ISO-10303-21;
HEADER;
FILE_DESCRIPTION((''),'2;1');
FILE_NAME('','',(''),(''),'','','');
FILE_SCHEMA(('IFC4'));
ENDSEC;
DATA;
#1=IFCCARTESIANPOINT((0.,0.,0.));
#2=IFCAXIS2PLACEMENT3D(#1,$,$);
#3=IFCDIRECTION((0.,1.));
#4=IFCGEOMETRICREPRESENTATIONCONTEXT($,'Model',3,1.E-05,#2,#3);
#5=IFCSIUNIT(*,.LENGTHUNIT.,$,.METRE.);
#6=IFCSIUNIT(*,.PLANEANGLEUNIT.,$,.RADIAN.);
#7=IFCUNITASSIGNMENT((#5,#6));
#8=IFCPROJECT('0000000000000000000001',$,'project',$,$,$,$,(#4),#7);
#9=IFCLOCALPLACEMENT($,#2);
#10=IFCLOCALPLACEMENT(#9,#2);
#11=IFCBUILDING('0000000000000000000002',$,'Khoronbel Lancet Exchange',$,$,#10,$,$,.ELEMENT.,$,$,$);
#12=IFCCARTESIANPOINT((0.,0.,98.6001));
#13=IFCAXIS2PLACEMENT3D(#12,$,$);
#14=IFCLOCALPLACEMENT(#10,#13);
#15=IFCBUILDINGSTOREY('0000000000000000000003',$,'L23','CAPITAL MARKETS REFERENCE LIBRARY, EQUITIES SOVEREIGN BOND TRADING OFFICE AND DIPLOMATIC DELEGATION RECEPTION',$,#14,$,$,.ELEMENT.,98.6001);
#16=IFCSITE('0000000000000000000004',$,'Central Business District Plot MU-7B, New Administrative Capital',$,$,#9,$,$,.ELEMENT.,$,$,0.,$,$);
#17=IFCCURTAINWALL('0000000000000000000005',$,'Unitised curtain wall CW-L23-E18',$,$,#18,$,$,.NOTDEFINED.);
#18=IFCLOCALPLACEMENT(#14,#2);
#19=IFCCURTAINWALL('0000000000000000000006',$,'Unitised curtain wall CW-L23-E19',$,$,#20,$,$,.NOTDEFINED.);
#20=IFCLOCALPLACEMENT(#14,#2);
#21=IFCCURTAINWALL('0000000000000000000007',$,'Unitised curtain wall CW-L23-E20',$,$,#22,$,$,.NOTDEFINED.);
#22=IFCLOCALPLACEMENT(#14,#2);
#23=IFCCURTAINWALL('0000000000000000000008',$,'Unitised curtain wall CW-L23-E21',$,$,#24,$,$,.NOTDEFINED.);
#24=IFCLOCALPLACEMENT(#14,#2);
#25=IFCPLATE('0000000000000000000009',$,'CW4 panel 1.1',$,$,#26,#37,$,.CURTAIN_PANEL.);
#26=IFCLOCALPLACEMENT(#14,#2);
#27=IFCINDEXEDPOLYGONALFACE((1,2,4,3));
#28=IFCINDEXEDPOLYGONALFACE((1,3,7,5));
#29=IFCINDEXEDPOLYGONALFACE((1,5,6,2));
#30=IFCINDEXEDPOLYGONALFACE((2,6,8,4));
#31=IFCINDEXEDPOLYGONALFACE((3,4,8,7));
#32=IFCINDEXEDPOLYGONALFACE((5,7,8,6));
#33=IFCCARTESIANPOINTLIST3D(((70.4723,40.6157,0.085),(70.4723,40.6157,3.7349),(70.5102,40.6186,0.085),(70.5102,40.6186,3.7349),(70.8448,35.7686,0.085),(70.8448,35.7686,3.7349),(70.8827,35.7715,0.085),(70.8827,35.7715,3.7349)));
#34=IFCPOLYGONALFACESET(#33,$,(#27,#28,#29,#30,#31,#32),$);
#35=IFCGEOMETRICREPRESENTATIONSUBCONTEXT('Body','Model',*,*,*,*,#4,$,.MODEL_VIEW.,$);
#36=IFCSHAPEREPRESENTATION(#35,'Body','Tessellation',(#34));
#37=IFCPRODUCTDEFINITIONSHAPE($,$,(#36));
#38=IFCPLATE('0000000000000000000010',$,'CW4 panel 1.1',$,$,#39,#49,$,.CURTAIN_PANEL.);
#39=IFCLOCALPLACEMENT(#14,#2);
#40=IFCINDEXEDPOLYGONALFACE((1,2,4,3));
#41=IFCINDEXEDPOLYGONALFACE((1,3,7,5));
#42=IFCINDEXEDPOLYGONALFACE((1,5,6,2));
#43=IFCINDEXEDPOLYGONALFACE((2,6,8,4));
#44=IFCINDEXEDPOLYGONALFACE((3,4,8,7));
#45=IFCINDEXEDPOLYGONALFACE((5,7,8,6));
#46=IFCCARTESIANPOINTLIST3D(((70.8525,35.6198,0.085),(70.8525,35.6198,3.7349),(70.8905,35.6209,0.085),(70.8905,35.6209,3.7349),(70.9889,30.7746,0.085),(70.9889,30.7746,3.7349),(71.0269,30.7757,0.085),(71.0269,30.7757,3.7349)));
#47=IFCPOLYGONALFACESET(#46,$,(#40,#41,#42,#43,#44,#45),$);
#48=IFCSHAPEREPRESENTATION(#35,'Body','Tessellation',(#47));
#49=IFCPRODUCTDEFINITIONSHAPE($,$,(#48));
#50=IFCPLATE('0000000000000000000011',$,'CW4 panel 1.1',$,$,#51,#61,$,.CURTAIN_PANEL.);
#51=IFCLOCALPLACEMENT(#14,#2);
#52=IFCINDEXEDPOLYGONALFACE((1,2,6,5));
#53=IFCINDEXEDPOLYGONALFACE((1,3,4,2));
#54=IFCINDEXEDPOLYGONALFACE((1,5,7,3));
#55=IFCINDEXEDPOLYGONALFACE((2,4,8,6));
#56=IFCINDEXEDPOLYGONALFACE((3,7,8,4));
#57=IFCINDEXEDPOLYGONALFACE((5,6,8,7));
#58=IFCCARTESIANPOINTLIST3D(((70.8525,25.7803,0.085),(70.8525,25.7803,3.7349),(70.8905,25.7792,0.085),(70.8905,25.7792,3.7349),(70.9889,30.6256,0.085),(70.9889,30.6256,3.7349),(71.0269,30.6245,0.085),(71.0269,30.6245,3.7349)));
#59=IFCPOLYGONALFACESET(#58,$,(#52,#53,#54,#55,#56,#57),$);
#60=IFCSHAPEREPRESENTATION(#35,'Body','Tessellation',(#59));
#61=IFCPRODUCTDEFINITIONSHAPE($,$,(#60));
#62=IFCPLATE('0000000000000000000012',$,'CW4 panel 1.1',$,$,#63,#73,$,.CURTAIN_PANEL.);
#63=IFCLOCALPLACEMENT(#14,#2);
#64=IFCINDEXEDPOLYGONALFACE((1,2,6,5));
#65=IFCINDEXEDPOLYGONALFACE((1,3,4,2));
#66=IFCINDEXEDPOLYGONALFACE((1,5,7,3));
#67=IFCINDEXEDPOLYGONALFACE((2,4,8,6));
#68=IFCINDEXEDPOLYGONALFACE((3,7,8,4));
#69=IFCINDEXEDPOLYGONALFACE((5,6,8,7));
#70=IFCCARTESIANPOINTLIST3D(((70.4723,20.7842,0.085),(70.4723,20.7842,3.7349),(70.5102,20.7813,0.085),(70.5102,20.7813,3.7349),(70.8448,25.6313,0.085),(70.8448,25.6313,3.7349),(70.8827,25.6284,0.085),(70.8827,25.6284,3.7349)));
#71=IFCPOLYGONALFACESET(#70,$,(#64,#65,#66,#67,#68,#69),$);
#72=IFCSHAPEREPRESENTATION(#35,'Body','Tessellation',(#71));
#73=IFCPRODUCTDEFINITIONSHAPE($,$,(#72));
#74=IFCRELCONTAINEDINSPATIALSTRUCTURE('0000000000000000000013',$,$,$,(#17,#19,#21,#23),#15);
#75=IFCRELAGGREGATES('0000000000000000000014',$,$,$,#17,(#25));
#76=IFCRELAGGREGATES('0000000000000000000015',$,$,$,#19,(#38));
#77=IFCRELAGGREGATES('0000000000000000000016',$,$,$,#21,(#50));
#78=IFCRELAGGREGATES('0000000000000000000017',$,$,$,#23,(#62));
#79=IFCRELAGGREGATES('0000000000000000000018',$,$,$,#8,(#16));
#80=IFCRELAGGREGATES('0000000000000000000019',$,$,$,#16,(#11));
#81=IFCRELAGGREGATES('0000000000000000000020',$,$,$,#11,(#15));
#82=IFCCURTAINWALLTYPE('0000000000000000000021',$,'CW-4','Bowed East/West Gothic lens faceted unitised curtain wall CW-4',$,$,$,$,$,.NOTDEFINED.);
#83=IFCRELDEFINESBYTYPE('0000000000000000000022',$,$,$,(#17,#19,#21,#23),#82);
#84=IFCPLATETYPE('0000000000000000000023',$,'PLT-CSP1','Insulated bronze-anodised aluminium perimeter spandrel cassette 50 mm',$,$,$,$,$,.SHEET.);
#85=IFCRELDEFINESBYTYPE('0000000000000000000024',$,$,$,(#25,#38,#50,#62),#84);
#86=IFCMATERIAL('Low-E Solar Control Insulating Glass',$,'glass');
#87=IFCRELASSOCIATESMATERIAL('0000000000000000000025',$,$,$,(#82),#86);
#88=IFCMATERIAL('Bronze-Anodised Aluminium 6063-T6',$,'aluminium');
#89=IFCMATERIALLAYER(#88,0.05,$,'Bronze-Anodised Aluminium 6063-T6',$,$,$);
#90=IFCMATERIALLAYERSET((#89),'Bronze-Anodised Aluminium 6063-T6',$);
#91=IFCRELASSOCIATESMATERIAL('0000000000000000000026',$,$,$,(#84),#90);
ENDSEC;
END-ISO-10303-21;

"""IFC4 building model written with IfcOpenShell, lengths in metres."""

from ifc_helpers import new_model, si_unit, direction, frame, origin, origin_2d, place, context, subcontext, project, spatial, rectangle, extrude, material, layer, layer_set, type_object, element, aggregate, save


model = new_model("IFC4")

# Units and contexts
model_context = context("Model", 3, precision=1e-05, world=origin(), true_north=direction((0.0, 1.0)))
body_context = subcontext(model_context, "Body", "Model", "MODEL_VIEW")
ifc_project = project(units=[si_unit("LENGTHUNIT", "METRE"), si_unit("PLANEANGLEUNIT", "RADIAN")], contexts=[model_context])

# Site, building, storey
site_placement = place(None, origin())
site = spatial("IfcSite", under=ifc_project, at=site_placement, Name="Central Business District Plot MU-7B, New Administrative Capital", CompositionType="ELEMENT", RefElevation=0.0)
building_placement = place(site_placement, origin())
building = spatial("IfcBuilding", under=site, at=building_placement, Name="Khoronbel Lancet Exchange", CompositionType="ELEMENT")
storey_placement = place(building_placement, frame((0.0, 0.0, 98.6001)))
storey = spatial("IfcBuildingStorey", under=building, at=storey_placement, Name="L23", Description="CAPITAL MARKETS REFERENCE LIBRARY, EQUITIES SOVEREIGN BOND TRADING OFFICE AND DIPLOMATIC DELEGATION RECEPTION", CompositionType="ELEMENT", Elevation=98.6001)

# Curtain wall
ifc_material_1 = material(Name="Low-E Solar Control Insulating Glass", Category="glass")
curtain_wall_type = type_object("IfcCurtainWallType", Name="CW-4", Description="Bowed East/West Gothic lens faceted unitised curtain wall CW-4", PredefinedType="NOTDEFINED", material=ifc_material_1)
curtain_wall_1_placement = place(storey_placement, origin())
curtain_wall_1 = element("IfcCurtainWall", 1, at=curtain_wall_1_placement, inside=storey, type_object=curtain_wall_type, Name="Unitised curtain wall CW-L23-E18", PredefinedType="NOTDEFINED")
ifc_material_2 = material(Name="Bronze-Anodised Aluminium 6063-T6", Category="aluminium")

# Curtain walls
curtain_wall_2_placement = place(storey_placement, origin())
curtain_wall_2 = element("IfcCurtainWall", 2, at=curtain_wall_2_placement, inside=storey, type_object=curtain_wall_type, Name="Unitised curtain wall CW-L23-E19", PredefinedType="NOTDEFINED")
curtain_wall_3_placement = place(storey_placement, origin())
curtain_wall_3 = element("IfcCurtainWall", 3, at=curtain_wall_3_placement, inside=storey, type_object=curtain_wall_type, Name="Unitised curtain wall CW-L23-E20", PredefinedType="NOTDEFINED")

# Curtain wall
curtain_wall_4_placement = place(storey_placement, origin())
curtain_wall_4 = element("IfcCurtainWall", 4, at=curtain_wall_4_placement, inside=storey, type_object=curtain_wall_type, Name="Unitised curtain wall CW-L23-E21", PredefinedType="NOTDEFINED")

# Plates
ifc_layer = layer(ifc_material_2, 0.05, Name="Bronze-Anodised Aluminium 6063-T6")
ifc_layer_set = layer_set([ifc_layer], Name="Bronze-Anodised Aluminium 6063-T6")
plate_type = type_object("IfcPlateType", Name="PLT-CSP1", Description="Insulated bronze-anodised aluminium perimeter spandrel cassette 50 mm", PredefinedType="SHEET", material=ifc_layer_set)
plate_1_placement = place(storey_placement, frame((70.6775, 38.1936, 0.085), z_axis=(0.0, 0.0, 1.0), x_axis=(0.076626, -0.99706, 0.0)))
plate_1 = element("IfcPlate", 5, at=plate_1_placement, type_object=plate_type, Name="CW4 panel 1.1", PredefinedType="CURTAIN_PANEL", context=body_context, shape_type="SweptSolid", body=[
    extrude(rectangle(XDim=4.8613, YDim=0.0381, at=origin_2d()), origin(), (0.0, 0.0, 1.0), 3.6499),
])
aggregate(curtain_wall_1, [plate_1])
plate_2_placement = place(storey_placement, frame((70.9397, 33.1978, 0.085), z_axis=(0.0, 0.0, 1.0), x_axis=(0.028135, -0.999604, 0.0)))
plate_2 = element("IfcPlate", 6, at=plate_2_placement, type_object=plate_type, Name="CW4 panel 1.1", PredefinedType="CURTAIN_PANEL", context=body_context, shape_type="SweptSolid", body=[
    extrude(rectangle(XDim=4.8472, YDim=0.0381, at=origin_2d()), origin(), (0.0, 0.0, 1.0), 3.6499),
])
aggregate(curtain_wall_2, [plate_2])
plate_3_placement = place(storey_placement, frame((70.9397, 28.2024, 0.085), z_axis=(0.0, 0.0, 1.0), x_axis=(-0.028135, -0.999604, 0.0)))
plate_3 = element("IfcPlate", 7, at=plate_3_placement, type_object=plate_type, Name="CW4 panel 1.1", PredefinedType="CURTAIN_PANEL", context=body_context, shape_type="SweptSolid", body=[
    extrude(rectangle(XDim=4.8472, YDim=0.0381, at=origin_2d()), origin(), (0.0, 0.0, 1.0), 3.6499),
])
aggregate(curtain_wall_3, [plate_3])
plate_4_placement = place(storey_placement, frame((70.6775, 23.2063, 0.085), z_axis=(0.0, 0.0, 1.0), x_axis=(-0.076626, -0.99706, 0.0)))
plate_4 = element("IfcPlate", 8, at=plate_4_placement, type_object=plate_type, Name="CW4 panel 1.1", PredefinedType="CURTAIN_PANEL", context=body_context, shape_type="SweptSolid", body=[
    extrude(rectangle(XDim=4.8613, YDim=0.0381, at=origin_2d()), origin(), (0.0, 0.0, 1.0), 3.6499),
])
aggregate(curtain_wall_4, [plate_4])

save(model, "model.ifc")
